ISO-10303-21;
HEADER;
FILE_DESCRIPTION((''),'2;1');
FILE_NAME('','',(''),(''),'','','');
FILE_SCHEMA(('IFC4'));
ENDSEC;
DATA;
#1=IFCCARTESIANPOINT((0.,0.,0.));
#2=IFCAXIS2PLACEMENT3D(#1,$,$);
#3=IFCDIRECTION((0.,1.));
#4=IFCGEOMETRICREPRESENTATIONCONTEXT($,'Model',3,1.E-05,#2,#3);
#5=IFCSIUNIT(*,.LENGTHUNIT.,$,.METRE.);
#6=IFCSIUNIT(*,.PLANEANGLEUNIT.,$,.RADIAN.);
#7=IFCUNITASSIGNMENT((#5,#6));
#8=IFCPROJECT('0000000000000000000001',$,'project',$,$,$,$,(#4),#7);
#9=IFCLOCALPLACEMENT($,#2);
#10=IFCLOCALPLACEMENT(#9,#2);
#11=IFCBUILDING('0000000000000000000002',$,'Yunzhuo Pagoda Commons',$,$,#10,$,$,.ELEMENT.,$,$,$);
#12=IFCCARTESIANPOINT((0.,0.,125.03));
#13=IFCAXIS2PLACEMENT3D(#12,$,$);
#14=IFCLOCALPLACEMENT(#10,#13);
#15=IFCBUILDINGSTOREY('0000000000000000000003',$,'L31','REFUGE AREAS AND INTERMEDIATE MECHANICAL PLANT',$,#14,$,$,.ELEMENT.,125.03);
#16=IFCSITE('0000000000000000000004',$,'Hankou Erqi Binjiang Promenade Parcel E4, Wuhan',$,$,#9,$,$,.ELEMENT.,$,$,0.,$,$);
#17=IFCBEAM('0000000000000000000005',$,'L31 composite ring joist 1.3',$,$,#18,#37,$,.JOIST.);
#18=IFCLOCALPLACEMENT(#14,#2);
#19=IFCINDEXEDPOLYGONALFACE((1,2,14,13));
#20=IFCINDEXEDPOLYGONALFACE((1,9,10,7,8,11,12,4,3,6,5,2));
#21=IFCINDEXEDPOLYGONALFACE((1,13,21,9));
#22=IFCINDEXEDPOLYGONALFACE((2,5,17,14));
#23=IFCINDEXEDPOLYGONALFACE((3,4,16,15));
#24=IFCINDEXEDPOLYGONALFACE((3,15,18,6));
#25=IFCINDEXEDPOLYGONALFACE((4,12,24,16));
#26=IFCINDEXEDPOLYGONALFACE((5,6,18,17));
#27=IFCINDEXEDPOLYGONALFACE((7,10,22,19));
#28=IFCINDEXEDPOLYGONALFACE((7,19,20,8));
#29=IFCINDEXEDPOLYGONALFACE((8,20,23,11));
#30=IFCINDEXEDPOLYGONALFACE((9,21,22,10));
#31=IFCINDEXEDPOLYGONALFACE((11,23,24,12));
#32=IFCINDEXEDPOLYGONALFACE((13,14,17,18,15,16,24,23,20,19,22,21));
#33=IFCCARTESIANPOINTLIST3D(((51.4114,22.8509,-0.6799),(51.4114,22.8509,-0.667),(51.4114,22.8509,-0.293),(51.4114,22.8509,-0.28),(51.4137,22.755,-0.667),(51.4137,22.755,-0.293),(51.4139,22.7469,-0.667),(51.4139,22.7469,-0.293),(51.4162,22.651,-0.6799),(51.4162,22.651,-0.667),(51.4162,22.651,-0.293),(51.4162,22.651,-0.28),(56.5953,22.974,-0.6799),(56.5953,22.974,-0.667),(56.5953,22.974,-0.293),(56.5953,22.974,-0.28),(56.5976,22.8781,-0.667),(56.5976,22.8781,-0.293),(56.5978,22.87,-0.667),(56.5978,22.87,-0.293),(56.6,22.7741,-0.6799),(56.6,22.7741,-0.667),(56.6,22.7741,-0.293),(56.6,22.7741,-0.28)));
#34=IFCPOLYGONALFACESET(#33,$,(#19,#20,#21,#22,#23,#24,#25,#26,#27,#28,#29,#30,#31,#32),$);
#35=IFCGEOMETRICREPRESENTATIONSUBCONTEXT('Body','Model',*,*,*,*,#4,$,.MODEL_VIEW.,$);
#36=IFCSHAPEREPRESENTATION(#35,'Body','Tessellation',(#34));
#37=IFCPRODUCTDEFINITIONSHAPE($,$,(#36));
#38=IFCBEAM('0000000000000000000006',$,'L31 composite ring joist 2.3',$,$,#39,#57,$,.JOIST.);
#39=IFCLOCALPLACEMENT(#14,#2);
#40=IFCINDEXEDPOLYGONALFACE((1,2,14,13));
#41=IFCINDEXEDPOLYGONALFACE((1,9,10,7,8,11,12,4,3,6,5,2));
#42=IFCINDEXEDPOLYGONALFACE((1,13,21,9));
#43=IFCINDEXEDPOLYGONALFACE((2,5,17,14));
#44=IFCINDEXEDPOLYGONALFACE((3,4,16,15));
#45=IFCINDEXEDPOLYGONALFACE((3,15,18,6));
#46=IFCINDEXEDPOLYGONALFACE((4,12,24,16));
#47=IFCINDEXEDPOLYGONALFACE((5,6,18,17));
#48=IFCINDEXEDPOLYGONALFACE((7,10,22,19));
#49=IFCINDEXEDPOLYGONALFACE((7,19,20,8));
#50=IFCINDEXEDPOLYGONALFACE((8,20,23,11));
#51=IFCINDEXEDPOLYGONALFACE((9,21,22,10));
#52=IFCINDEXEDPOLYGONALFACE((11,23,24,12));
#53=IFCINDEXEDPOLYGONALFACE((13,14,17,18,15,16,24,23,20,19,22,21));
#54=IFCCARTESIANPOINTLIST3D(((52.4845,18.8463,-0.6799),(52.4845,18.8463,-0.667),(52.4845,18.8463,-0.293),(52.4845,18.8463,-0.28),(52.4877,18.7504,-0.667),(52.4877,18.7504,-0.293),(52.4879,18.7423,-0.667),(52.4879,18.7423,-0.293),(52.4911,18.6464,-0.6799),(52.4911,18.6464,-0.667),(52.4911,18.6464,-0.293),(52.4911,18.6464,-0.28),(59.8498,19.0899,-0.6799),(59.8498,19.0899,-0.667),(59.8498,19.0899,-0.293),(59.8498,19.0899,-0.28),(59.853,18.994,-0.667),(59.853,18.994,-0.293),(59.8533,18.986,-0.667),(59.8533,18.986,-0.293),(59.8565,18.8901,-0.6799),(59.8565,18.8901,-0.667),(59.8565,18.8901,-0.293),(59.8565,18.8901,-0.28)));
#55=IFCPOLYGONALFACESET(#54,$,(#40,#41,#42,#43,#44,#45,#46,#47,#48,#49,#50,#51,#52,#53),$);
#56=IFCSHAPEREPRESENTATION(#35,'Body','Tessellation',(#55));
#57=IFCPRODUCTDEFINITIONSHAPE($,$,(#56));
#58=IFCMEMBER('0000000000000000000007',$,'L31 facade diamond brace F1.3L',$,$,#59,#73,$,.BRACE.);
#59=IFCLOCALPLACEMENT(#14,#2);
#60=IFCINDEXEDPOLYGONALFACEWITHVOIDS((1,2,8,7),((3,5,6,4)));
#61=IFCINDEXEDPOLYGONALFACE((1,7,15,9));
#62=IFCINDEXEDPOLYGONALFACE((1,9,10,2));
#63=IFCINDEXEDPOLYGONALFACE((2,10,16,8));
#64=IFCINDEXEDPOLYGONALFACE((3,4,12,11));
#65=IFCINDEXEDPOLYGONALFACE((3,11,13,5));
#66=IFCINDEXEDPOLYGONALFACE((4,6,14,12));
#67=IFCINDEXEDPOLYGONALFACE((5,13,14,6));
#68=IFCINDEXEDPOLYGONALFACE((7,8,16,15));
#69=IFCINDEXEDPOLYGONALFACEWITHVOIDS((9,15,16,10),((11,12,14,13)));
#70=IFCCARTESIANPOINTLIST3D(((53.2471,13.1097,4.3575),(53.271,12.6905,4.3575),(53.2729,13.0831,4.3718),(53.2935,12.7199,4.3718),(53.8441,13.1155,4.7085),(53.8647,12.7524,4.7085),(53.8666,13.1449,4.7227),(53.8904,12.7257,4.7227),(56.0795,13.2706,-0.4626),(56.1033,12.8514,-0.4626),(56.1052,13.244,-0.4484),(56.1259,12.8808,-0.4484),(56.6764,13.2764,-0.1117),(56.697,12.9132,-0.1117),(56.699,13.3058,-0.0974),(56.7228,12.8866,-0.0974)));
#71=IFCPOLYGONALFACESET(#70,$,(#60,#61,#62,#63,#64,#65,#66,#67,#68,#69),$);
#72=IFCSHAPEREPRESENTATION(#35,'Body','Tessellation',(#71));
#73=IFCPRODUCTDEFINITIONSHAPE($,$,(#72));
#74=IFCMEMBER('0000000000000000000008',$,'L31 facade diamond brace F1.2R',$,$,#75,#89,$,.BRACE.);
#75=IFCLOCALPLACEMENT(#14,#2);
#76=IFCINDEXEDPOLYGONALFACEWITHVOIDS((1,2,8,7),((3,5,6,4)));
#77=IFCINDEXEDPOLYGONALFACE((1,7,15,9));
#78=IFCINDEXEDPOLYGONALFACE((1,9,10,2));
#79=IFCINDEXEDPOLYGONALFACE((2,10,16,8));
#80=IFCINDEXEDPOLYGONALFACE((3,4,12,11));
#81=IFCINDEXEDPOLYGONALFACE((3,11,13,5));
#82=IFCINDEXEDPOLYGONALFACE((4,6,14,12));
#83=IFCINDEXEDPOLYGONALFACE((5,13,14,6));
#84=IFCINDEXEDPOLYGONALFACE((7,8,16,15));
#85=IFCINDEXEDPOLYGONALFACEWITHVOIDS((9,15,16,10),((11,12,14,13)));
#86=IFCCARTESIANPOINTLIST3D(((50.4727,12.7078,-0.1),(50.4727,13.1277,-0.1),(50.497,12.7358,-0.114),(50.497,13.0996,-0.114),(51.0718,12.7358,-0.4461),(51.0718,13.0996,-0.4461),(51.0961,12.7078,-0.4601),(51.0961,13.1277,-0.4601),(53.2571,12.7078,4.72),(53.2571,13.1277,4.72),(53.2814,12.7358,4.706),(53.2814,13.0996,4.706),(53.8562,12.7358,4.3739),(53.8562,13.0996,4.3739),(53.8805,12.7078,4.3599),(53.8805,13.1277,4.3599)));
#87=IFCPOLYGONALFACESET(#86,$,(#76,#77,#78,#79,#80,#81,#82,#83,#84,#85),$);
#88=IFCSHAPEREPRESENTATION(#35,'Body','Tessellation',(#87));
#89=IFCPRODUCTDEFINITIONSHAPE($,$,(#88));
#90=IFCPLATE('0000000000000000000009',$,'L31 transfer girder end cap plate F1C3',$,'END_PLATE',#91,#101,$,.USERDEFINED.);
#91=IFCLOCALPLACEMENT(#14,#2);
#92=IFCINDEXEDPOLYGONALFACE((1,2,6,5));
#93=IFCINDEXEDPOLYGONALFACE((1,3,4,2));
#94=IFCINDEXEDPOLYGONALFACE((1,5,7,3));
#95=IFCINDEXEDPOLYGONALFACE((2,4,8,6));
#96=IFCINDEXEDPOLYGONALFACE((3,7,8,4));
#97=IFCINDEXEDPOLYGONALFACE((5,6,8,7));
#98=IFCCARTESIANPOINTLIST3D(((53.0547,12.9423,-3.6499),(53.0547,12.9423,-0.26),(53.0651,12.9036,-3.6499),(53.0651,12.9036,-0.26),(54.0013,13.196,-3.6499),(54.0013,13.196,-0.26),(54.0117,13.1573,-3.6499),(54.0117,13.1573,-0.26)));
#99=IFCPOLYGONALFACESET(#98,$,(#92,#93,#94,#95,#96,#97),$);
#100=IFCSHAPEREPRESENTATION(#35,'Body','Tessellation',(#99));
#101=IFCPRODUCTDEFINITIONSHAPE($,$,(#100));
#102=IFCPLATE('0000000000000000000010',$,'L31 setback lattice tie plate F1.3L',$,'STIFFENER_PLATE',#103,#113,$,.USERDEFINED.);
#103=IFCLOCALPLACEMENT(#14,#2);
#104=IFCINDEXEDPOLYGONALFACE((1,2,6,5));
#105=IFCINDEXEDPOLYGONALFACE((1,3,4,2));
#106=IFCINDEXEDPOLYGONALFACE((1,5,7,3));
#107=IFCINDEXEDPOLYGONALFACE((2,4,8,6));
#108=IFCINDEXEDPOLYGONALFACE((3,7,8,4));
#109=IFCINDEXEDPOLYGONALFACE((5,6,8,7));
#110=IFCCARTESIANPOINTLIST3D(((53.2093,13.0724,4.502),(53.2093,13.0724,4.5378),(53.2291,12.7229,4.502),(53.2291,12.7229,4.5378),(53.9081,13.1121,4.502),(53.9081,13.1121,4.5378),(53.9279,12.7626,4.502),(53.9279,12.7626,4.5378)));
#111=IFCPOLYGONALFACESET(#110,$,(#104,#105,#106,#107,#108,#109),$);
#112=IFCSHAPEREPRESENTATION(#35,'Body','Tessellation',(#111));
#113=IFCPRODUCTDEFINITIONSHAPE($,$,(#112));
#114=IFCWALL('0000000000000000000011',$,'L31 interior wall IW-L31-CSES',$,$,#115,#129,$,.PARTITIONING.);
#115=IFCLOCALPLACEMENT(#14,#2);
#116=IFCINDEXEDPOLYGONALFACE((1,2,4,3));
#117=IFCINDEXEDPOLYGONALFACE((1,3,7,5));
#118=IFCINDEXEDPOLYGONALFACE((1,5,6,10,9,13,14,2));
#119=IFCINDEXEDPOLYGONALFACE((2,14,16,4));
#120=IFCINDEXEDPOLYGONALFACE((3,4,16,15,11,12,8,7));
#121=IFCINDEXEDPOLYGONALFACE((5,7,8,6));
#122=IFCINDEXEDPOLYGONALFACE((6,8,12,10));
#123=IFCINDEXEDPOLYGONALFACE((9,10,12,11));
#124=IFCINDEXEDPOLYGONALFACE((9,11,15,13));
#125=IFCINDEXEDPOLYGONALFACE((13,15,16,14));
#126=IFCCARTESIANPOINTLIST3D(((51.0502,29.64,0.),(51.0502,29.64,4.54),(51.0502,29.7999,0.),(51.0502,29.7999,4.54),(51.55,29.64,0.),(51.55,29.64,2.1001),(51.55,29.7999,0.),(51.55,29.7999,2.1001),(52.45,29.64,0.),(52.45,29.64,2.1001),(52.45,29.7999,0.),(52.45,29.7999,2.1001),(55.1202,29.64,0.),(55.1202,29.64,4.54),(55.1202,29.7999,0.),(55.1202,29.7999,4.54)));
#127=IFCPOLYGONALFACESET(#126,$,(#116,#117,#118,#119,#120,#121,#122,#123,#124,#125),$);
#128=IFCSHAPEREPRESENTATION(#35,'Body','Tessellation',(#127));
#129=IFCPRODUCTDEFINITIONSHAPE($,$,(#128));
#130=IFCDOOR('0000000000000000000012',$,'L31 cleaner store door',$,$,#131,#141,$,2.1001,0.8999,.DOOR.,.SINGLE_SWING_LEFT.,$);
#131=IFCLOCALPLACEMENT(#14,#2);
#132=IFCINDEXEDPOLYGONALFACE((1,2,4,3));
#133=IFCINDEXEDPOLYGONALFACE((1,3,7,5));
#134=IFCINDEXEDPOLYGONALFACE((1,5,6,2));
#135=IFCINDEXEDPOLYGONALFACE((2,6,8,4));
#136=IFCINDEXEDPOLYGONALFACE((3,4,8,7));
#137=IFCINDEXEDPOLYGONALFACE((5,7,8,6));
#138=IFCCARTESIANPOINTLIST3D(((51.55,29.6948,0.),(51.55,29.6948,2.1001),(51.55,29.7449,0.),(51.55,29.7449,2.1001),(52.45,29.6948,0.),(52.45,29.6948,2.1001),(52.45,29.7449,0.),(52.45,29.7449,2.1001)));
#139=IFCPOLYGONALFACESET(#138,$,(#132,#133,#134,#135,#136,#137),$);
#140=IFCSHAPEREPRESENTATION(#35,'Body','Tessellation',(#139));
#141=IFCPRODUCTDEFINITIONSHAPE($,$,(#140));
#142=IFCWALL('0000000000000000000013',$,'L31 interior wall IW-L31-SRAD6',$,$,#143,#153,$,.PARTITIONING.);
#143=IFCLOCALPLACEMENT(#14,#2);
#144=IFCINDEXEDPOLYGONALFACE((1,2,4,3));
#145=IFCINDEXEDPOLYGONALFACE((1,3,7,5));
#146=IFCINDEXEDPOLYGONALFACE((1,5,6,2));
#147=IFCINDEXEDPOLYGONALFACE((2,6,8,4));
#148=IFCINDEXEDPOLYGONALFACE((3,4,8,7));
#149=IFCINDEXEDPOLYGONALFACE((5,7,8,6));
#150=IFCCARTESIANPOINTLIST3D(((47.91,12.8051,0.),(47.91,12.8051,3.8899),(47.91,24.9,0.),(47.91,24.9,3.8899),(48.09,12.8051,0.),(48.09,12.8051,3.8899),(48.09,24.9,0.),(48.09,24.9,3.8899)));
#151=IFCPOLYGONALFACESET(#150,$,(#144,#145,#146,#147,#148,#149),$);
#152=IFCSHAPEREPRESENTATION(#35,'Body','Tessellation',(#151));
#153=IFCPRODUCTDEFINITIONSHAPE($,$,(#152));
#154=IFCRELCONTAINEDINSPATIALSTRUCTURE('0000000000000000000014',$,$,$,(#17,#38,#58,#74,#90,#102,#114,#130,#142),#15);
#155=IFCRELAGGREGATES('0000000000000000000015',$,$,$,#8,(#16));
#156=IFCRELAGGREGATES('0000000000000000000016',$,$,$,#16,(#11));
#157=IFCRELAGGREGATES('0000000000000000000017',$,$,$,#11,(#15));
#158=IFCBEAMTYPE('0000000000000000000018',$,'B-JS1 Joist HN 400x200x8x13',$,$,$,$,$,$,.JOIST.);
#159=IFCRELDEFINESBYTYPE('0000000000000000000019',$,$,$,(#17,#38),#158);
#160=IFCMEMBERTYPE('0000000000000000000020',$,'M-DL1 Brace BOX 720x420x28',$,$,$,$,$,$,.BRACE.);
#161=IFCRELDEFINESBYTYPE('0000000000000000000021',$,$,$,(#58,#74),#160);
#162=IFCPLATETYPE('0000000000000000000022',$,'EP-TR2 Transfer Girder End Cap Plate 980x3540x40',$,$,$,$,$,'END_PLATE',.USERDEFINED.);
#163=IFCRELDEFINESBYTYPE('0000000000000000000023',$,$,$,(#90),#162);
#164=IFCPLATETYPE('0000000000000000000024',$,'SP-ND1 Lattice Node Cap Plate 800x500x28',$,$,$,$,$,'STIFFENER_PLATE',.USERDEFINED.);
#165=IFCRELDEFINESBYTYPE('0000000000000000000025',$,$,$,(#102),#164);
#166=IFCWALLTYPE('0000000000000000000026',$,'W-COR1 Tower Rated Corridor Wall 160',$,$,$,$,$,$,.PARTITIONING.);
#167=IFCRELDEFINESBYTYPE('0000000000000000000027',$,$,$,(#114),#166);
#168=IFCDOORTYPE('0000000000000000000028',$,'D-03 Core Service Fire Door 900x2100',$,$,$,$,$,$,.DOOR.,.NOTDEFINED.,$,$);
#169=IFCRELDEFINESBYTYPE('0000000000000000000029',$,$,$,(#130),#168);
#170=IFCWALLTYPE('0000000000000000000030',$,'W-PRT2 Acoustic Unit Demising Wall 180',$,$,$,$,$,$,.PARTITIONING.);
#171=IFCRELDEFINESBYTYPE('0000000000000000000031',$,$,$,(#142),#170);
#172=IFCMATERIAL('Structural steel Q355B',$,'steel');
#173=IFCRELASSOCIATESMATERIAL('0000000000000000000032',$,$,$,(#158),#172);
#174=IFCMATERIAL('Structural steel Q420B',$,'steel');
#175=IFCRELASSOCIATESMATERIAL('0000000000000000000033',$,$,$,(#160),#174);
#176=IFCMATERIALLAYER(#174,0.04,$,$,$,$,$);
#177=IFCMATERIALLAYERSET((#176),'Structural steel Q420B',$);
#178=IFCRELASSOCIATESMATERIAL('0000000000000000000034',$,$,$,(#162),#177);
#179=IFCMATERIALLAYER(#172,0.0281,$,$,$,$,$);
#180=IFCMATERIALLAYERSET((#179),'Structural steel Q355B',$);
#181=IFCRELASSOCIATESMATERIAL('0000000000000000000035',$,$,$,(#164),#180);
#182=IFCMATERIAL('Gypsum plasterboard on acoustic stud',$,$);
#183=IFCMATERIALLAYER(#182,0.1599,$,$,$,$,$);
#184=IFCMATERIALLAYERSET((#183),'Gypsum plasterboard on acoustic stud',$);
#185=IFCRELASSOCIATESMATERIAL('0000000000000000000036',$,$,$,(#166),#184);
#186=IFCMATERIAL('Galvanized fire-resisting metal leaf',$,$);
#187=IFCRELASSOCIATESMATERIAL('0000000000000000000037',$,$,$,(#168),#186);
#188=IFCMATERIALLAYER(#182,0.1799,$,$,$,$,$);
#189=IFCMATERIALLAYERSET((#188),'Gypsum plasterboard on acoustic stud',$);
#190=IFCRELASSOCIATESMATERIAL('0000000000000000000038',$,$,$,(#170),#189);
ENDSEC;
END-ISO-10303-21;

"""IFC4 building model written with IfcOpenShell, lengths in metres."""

from ifc_helpers import new_model, si_unit, direction, frame, frame_2d, origin, origin_with_axes, origin_2d, place, context, subcontext, project, spatial, rectangle, hollow_rectangle, i_section, extrude, source, transform, mapped, material, layer, layer_set, material_profile, profile_set, type_object, element, fill, save


model = new_model("IFC4")

# Units and contexts
model_context = context("Model", 3, precision=1e-05, world=origin(), true_north=direction((0.0, 1.0)))
body_context = subcontext(model_context, "Body", "Model", "MODEL_VIEW")
ifc_project = project(units=[si_unit("LENGTHUNIT", "METRE"), si_unit("PLANEANGLEUNIT", "RADIAN")], contexts=[model_context])

# Site, building, storey
site_placement = place(None, origin())
site = spatial("IfcSite", under=ifc_project, at=site_placement, Name="Hankou Erqi Binjiang Promenade Parcel E4, Wuhan", CompositionType="ELEMENT", RefElevation=0.0)
building_placement = place(site_placement, origin())
building = spatial("IfcBuilding", under=site, at=building_placement, Name="Yunzhuo Pagoda Commons", CompositionType="ELEMENT")
storey_placement = place(building_placement, frame((0.0, 0.0, 125.03)))
storey = spatial("IfcBuildingStorey", under=building, at=storey_placement, Name="L31", Description="REFUGE AREAS AND INTERMEDIATE MECHANICAL PLANT", CompositionType="ELEMENT", Elevation=125.03)

# Shared definitions
ifc_material_1 = material(Name="Structural steel Q420B", Category="steel")

# Beams
ifc_material_2 = material(Name="Structural steel Q355B", Category="steel")
ifc_material_profile_1 = material_profile(ifc_material_2, i_section(OverallWidth=0.2, OverallDepth=0.3999, WebThickness=0.0081, FlangeThickness=0.0129, at=origin_2d()), Name="Structural steel Q355B")
ifc_profile_set_1 = profile_set([ifc_material_profile_1], Name="Structural steel Q355B")
beam_type_1 = type_object("IfcBeamType", Name="B-JS1 Joist HN 400x200x8x13", PredefinedType="JOIST", material=ifc_profile_set_1)
shared_shape_1 = source(origin(), body_context, "Body", "SweptSolid", [
    extrude(i_section(OverallWidth=0.2, OverallDepth=0.3999, WebThickness=0.0081, FlangeThickness=0.0129, at=origin_2d()), origin(), (0.0, 0.0, 1.0), 5.1853),
])
beam_1_placement = place(storey_placement, frame((51.4138, 22.751, -0.48), z_axis=(0.999718, 0.02373, 0.0), x_axis=(-0.02373, 0.999718, 0.0)))
element("IfcBeam", 1, at=beam_1_placement, inside=storey, type_object=beam_type_1, Name="L31 composite ring joist 1.3", PredefinedType="JOIST", context=body_context, shape_type="MappedRepresentation", body=[
    mapped(shared_shape_1, transform((0.0, 0.0, 0.0), scale=1.0)),
])
shared_shape_2 = source(origin(), body_context, "Body", "SweptSolid", [
    extrude(i_section(OverallWidth=0.2, OverallDepth=0.3999, WebThickness=0.0081, FlangeThickness=0.0129, at=origin_2d()), origin(), (0.0, 0.0, 1.0), 7.3694),
])
beam_2_placement = place(storey_placement, frame((52.4878, 18.7463, -0.48), z_axis=(0.999453, 0.033063, 0.0), x_axis=(-0.033063, 0.999453, 0.0)))
element("IfcBeam", 2, at=beam_2_placement, inside=storey, type_object=beam_type_1, Name="L31 composite ring joist 2.3", PredefinedType="JOIST", context=body_context, shape_type="MappedRepresentation", body=[
    mapped(shared_shape_2, transform((0.0, 0.0, 0.0), scale=1.0)),
])

# Members
ifc_material_profile_2 = material_profile(ifc_material_1, hollow_rectangle(XDim=0.4199, YDim=0.72, WallThickness=0.0281, at=origin_2d()), Name="Structural steel Q420B")
ifc_profile_set_2 = profile_set([ifc_material_profile_2], Name="Structural steel Q420B")
member_type = type_object("IfcMemberType", Name="M-DL1 Brace BOX 720x420x28", PredefinedType="BRACE", material=ifc_profile_set_2)
shared_shape_3 = source(origin(), body_context, "Body", "SweptSolid", [
    extrude(hollow_rectangle(XDim=0.4199, YDim=0.72, WallThickness=0.0281, at=origin_2d()), origin(), (0.0, 0.0, 1.0), 5.593),
])
member_1_placement = place(storey_placement, frame((56.4011, 13.0786, -0.28), z_axis=(-0.506404, -0.028767, 0.861816), x_axis=(0.056714, -0.99839, 0.0)))
element("IfcMember", 3, at=member_1_placement, inside=storey, type_object=member_type, Name="L31 facade diamond brace F1.3L", PredefinedType="BRACE", context=body_context, shape_type="MappedRepresentation", body=[
    mapped(shared_shape_3, transform((0.0, 0.0, 0.0), scale=1.0)),
])
shared_shape_4 = source(origin(), body_context, "Body", "SweptSolid", [
    extrude(hollow_rectangle(XDim=0.4199, YDim=0.72, WallThickness=0.0281, at=origin_2d()), origin(), (0.0, 0.0, 1.0), 5.5664),
])
member_2_placement = place(storey_placement, frame((50.7844, 12.9177, -0.28), z_axis=(0.50021, 0.0, 0.865904), x_axis=(0.0, 1.0, 0.0)))
element("IfcMember", 4, at=member_2_placement, inside=storey, type_object=member_type, Name="L31 facade diamond brace F1.2R", PredefinedType="BRACE", context=body_context, shape_type="MappedRepresentation", body=[
    mapped(shared_shape_4, transform((0.0, 0.0, 0.0), scale=1.0)),
])

# Plates
ifc_layer_1 = layer(ifc_material_1, 0.04)
ifc_layer_set_1 = layer_set([ifc_layer_1], Name="Structural steel Q420B")
plate_type_1 = type_object("IfcPlateType", Name="EP-TR2 Transfer Girder End Cap Plate 980x3540x40", ElementType="END_PLATE", PredefinedType="USERDEFINED", material=ifc_layer_set_1)
shared_shape_5 = source(origin(), body_context, "Body", "SweptSolid", [
    extrude(rectangle(XDim=0.98, YDim=0.04, at=origin_2d()), origin(), (0.0, 0.0, 1.0), 3.3899),
])
plate_1_placement = place(storey_placement, frame((53.5332, 13.0498, -3.6499), z_axis=(0.0, 0.0, 1.0), x_axis=(0.965926, 0.258819, 0.0)))
element("IfcPlate", 5, at=plate_1_placement, inside=storey, type_object=plate_type_1, Name="L31 transfer girder end cap plate F1C3", ObjectType="END_PLATE", PredefinedType="USERDEFINED", context=body_context, shape_type="MappedRepresentation", body=[
    mapped(shared_shape_5, transform((0.0, 0.0, 0.0), scale=1.0)),
])
ifc_layer_2 = layer(ifc_material_2, 0.0281)
ifc_layer_set_2 = layer_set([ifc_layer_2], Name="Structural steel Q355B")
plate_type_2 = type_object("IfcPlateType", Name="SP-ND1 Lattice Node Cap Plate 800x500x28", ElementType="STIFFENER_PLATE", PredefinedType="USERDEFINED", material=ifc_layer_set_2)
shared_shape_6 = source(origin(), body_context, "Body", "SweptSolid", [
    extrude(rectangle(XDim=0.7, YDim=0.3501, at=origin_2d()), origin(), (0.0, 0.0, 1.0), 0.0359),
])
plate_2_placement = place(storey_placement, frame((53.5686, 12.9175, 4.502), z_axis=(0.0, 0.0, 1.0), x_axis=(0.998389, 0.056745, 0.0)))
element("IfcPlate", 6, at=plate_2_placement, inside=storey, type_object=plate_type_2, Name="L31 setback lattice tie plate F1.3L", ObjectType="STIFFENER_PLATE", PredefinedType="USERDEFINED", context=body_context, shape_type="MappedRepresentation", body=[
    mapped(shared_shape_6, transform((0.0, 0.0, 0.0), scale=1.0)),
])

# Wall, opening, door
ifc_material_3 = material(Name="Gypsum plasterboard on acoustic stud")
ifc_layer_3 = layer(ifc_material_3, 0.1599)
ifc_layer_set_3 = layer_set([ifc_layer_3], Name="Gypsum plasterboard on acoustic stud")
wall_type_1 = type_object("IfcWallType", Name="W-COR1 Tower Rated Corridor Wall 160", PredefinedType="PARTITIONING", material=ifc_layer_set_3)
wall_1_placement = place(storey_placement, frame((51.05, 29.72, 0.0), z_axis=(0.0, 0.0, 1.0), x_axis=(1.0, 0.0, 0.0)))
wall_1 = element("IfcWall", 7, at=wall_1_placement, inside=storey, type_object=wall_type_1, Name="L31 interior wall IW-L31-CSES", PredefinedType="PARTITIONING", context=body_context, shape_type="SweptSolid", body=[
    extrude(rectangle(XDim=4.0701, YDim=0.1599, at=frame_2d((2.0352, 0.0))), origin(), (0.0, 0.0, 1.0), 4.54),
])
opening_1_placement = place(wall_1_placement, frame((0.5, 0.0, 0.0)))
opening_1 = element("IfcOpeningElement", 8, at=opening_1_placement, cuts=wall_1, PredefinedType="OPENING", context=body_context, shape_type="SweptSolid", body=[
    extrude(rectangle(XDim=0.8999, YDim=2.1001, at=frame_2d((0.45, 1.05))), frame((0.0, 0.0898, 0.0), z_axis=(0.0, -1.0, 0.0), x_axis=(1.0, 0.0, 0.0)), (0.0, 0.0, 1.0), 0.1799),
])
ifc_material_4 = material(Name="Galvanized fire-resisting metal leaf")
door_type_1 = type_object("IfcDoorType", Name="D-03 Core Service Fire Door 900x2100", OperationType="NOTDEFINED", PredefinedType="DOOR", material=ifc_material_4)
shared_shape_7 = source(origin(), body_context, "Body", "SweptSolid", [
    extrude(rectangle(XDim=0.8999, YDim=2.1001, at=frame_2d((0.45, 1.05))), frame((0.0, 0.0249, 0.0), z_axis=(0.0, -1.0, 0.0), x_axis=(1.0, 0.0, 0.0)), (0.0, 0.0, 1.0), 0.05),
])
door_1_placement = place(opening_1_placement, origin_with_axes())
door_1 = element("IfcDoor", 9, at=door_1_placement, inside=storey, type_object=door_type_1, Name="L31 cleaner store door", OperationType="SINGLE_SWING_LEFT", OverallHeight=2.1001, OverallWidth=0.8999, PredefinedType="DOOR", context=body_context, shape_type="MappedRepresentation", body=[
    mapped(shared_shape_7, transform((0.0, 0.0, 0.0), scale=1.0)),
])
fill(opening_1, door_1)

# Wall
ifc_layer_4 = layer(ifc_material_3, 0.1799)
ifc_layer_set_4 = layer_set([ifc_layer_4], Name="Gypsum plasterboard on acoustic stud")
wall_type_2 = type_object("IfcWallType", Name="W-PRT2 Acoustic Unit Demising Wall 180", PredefinedType="PARTITIONING", material=ifc_layer_set_4)
wall_2_placement = place(storey_placement, frame((48.0, 24.8999, 0.0), z_axis=(0.0, 0.0, 1.0), x_axis=(0.0, -1.0, 0.0)))
element("IfcWall", 10, at=wall_2_placement, inside=storey, type_object=wall_type_2, Name="L31 interior wall IW-L31-SRAD6", PredefinedType="PARTITIONING", context=body_context, shape_type="SweptSolid", body=[
    extrude(rectangle(XDim=12.095, YDim=0.1799, at=frame_2d((6.0474, 0.0))), origin(), (0.0, 0.0, 1.0), 3.8899),
])

save(model, "model.ifc")
